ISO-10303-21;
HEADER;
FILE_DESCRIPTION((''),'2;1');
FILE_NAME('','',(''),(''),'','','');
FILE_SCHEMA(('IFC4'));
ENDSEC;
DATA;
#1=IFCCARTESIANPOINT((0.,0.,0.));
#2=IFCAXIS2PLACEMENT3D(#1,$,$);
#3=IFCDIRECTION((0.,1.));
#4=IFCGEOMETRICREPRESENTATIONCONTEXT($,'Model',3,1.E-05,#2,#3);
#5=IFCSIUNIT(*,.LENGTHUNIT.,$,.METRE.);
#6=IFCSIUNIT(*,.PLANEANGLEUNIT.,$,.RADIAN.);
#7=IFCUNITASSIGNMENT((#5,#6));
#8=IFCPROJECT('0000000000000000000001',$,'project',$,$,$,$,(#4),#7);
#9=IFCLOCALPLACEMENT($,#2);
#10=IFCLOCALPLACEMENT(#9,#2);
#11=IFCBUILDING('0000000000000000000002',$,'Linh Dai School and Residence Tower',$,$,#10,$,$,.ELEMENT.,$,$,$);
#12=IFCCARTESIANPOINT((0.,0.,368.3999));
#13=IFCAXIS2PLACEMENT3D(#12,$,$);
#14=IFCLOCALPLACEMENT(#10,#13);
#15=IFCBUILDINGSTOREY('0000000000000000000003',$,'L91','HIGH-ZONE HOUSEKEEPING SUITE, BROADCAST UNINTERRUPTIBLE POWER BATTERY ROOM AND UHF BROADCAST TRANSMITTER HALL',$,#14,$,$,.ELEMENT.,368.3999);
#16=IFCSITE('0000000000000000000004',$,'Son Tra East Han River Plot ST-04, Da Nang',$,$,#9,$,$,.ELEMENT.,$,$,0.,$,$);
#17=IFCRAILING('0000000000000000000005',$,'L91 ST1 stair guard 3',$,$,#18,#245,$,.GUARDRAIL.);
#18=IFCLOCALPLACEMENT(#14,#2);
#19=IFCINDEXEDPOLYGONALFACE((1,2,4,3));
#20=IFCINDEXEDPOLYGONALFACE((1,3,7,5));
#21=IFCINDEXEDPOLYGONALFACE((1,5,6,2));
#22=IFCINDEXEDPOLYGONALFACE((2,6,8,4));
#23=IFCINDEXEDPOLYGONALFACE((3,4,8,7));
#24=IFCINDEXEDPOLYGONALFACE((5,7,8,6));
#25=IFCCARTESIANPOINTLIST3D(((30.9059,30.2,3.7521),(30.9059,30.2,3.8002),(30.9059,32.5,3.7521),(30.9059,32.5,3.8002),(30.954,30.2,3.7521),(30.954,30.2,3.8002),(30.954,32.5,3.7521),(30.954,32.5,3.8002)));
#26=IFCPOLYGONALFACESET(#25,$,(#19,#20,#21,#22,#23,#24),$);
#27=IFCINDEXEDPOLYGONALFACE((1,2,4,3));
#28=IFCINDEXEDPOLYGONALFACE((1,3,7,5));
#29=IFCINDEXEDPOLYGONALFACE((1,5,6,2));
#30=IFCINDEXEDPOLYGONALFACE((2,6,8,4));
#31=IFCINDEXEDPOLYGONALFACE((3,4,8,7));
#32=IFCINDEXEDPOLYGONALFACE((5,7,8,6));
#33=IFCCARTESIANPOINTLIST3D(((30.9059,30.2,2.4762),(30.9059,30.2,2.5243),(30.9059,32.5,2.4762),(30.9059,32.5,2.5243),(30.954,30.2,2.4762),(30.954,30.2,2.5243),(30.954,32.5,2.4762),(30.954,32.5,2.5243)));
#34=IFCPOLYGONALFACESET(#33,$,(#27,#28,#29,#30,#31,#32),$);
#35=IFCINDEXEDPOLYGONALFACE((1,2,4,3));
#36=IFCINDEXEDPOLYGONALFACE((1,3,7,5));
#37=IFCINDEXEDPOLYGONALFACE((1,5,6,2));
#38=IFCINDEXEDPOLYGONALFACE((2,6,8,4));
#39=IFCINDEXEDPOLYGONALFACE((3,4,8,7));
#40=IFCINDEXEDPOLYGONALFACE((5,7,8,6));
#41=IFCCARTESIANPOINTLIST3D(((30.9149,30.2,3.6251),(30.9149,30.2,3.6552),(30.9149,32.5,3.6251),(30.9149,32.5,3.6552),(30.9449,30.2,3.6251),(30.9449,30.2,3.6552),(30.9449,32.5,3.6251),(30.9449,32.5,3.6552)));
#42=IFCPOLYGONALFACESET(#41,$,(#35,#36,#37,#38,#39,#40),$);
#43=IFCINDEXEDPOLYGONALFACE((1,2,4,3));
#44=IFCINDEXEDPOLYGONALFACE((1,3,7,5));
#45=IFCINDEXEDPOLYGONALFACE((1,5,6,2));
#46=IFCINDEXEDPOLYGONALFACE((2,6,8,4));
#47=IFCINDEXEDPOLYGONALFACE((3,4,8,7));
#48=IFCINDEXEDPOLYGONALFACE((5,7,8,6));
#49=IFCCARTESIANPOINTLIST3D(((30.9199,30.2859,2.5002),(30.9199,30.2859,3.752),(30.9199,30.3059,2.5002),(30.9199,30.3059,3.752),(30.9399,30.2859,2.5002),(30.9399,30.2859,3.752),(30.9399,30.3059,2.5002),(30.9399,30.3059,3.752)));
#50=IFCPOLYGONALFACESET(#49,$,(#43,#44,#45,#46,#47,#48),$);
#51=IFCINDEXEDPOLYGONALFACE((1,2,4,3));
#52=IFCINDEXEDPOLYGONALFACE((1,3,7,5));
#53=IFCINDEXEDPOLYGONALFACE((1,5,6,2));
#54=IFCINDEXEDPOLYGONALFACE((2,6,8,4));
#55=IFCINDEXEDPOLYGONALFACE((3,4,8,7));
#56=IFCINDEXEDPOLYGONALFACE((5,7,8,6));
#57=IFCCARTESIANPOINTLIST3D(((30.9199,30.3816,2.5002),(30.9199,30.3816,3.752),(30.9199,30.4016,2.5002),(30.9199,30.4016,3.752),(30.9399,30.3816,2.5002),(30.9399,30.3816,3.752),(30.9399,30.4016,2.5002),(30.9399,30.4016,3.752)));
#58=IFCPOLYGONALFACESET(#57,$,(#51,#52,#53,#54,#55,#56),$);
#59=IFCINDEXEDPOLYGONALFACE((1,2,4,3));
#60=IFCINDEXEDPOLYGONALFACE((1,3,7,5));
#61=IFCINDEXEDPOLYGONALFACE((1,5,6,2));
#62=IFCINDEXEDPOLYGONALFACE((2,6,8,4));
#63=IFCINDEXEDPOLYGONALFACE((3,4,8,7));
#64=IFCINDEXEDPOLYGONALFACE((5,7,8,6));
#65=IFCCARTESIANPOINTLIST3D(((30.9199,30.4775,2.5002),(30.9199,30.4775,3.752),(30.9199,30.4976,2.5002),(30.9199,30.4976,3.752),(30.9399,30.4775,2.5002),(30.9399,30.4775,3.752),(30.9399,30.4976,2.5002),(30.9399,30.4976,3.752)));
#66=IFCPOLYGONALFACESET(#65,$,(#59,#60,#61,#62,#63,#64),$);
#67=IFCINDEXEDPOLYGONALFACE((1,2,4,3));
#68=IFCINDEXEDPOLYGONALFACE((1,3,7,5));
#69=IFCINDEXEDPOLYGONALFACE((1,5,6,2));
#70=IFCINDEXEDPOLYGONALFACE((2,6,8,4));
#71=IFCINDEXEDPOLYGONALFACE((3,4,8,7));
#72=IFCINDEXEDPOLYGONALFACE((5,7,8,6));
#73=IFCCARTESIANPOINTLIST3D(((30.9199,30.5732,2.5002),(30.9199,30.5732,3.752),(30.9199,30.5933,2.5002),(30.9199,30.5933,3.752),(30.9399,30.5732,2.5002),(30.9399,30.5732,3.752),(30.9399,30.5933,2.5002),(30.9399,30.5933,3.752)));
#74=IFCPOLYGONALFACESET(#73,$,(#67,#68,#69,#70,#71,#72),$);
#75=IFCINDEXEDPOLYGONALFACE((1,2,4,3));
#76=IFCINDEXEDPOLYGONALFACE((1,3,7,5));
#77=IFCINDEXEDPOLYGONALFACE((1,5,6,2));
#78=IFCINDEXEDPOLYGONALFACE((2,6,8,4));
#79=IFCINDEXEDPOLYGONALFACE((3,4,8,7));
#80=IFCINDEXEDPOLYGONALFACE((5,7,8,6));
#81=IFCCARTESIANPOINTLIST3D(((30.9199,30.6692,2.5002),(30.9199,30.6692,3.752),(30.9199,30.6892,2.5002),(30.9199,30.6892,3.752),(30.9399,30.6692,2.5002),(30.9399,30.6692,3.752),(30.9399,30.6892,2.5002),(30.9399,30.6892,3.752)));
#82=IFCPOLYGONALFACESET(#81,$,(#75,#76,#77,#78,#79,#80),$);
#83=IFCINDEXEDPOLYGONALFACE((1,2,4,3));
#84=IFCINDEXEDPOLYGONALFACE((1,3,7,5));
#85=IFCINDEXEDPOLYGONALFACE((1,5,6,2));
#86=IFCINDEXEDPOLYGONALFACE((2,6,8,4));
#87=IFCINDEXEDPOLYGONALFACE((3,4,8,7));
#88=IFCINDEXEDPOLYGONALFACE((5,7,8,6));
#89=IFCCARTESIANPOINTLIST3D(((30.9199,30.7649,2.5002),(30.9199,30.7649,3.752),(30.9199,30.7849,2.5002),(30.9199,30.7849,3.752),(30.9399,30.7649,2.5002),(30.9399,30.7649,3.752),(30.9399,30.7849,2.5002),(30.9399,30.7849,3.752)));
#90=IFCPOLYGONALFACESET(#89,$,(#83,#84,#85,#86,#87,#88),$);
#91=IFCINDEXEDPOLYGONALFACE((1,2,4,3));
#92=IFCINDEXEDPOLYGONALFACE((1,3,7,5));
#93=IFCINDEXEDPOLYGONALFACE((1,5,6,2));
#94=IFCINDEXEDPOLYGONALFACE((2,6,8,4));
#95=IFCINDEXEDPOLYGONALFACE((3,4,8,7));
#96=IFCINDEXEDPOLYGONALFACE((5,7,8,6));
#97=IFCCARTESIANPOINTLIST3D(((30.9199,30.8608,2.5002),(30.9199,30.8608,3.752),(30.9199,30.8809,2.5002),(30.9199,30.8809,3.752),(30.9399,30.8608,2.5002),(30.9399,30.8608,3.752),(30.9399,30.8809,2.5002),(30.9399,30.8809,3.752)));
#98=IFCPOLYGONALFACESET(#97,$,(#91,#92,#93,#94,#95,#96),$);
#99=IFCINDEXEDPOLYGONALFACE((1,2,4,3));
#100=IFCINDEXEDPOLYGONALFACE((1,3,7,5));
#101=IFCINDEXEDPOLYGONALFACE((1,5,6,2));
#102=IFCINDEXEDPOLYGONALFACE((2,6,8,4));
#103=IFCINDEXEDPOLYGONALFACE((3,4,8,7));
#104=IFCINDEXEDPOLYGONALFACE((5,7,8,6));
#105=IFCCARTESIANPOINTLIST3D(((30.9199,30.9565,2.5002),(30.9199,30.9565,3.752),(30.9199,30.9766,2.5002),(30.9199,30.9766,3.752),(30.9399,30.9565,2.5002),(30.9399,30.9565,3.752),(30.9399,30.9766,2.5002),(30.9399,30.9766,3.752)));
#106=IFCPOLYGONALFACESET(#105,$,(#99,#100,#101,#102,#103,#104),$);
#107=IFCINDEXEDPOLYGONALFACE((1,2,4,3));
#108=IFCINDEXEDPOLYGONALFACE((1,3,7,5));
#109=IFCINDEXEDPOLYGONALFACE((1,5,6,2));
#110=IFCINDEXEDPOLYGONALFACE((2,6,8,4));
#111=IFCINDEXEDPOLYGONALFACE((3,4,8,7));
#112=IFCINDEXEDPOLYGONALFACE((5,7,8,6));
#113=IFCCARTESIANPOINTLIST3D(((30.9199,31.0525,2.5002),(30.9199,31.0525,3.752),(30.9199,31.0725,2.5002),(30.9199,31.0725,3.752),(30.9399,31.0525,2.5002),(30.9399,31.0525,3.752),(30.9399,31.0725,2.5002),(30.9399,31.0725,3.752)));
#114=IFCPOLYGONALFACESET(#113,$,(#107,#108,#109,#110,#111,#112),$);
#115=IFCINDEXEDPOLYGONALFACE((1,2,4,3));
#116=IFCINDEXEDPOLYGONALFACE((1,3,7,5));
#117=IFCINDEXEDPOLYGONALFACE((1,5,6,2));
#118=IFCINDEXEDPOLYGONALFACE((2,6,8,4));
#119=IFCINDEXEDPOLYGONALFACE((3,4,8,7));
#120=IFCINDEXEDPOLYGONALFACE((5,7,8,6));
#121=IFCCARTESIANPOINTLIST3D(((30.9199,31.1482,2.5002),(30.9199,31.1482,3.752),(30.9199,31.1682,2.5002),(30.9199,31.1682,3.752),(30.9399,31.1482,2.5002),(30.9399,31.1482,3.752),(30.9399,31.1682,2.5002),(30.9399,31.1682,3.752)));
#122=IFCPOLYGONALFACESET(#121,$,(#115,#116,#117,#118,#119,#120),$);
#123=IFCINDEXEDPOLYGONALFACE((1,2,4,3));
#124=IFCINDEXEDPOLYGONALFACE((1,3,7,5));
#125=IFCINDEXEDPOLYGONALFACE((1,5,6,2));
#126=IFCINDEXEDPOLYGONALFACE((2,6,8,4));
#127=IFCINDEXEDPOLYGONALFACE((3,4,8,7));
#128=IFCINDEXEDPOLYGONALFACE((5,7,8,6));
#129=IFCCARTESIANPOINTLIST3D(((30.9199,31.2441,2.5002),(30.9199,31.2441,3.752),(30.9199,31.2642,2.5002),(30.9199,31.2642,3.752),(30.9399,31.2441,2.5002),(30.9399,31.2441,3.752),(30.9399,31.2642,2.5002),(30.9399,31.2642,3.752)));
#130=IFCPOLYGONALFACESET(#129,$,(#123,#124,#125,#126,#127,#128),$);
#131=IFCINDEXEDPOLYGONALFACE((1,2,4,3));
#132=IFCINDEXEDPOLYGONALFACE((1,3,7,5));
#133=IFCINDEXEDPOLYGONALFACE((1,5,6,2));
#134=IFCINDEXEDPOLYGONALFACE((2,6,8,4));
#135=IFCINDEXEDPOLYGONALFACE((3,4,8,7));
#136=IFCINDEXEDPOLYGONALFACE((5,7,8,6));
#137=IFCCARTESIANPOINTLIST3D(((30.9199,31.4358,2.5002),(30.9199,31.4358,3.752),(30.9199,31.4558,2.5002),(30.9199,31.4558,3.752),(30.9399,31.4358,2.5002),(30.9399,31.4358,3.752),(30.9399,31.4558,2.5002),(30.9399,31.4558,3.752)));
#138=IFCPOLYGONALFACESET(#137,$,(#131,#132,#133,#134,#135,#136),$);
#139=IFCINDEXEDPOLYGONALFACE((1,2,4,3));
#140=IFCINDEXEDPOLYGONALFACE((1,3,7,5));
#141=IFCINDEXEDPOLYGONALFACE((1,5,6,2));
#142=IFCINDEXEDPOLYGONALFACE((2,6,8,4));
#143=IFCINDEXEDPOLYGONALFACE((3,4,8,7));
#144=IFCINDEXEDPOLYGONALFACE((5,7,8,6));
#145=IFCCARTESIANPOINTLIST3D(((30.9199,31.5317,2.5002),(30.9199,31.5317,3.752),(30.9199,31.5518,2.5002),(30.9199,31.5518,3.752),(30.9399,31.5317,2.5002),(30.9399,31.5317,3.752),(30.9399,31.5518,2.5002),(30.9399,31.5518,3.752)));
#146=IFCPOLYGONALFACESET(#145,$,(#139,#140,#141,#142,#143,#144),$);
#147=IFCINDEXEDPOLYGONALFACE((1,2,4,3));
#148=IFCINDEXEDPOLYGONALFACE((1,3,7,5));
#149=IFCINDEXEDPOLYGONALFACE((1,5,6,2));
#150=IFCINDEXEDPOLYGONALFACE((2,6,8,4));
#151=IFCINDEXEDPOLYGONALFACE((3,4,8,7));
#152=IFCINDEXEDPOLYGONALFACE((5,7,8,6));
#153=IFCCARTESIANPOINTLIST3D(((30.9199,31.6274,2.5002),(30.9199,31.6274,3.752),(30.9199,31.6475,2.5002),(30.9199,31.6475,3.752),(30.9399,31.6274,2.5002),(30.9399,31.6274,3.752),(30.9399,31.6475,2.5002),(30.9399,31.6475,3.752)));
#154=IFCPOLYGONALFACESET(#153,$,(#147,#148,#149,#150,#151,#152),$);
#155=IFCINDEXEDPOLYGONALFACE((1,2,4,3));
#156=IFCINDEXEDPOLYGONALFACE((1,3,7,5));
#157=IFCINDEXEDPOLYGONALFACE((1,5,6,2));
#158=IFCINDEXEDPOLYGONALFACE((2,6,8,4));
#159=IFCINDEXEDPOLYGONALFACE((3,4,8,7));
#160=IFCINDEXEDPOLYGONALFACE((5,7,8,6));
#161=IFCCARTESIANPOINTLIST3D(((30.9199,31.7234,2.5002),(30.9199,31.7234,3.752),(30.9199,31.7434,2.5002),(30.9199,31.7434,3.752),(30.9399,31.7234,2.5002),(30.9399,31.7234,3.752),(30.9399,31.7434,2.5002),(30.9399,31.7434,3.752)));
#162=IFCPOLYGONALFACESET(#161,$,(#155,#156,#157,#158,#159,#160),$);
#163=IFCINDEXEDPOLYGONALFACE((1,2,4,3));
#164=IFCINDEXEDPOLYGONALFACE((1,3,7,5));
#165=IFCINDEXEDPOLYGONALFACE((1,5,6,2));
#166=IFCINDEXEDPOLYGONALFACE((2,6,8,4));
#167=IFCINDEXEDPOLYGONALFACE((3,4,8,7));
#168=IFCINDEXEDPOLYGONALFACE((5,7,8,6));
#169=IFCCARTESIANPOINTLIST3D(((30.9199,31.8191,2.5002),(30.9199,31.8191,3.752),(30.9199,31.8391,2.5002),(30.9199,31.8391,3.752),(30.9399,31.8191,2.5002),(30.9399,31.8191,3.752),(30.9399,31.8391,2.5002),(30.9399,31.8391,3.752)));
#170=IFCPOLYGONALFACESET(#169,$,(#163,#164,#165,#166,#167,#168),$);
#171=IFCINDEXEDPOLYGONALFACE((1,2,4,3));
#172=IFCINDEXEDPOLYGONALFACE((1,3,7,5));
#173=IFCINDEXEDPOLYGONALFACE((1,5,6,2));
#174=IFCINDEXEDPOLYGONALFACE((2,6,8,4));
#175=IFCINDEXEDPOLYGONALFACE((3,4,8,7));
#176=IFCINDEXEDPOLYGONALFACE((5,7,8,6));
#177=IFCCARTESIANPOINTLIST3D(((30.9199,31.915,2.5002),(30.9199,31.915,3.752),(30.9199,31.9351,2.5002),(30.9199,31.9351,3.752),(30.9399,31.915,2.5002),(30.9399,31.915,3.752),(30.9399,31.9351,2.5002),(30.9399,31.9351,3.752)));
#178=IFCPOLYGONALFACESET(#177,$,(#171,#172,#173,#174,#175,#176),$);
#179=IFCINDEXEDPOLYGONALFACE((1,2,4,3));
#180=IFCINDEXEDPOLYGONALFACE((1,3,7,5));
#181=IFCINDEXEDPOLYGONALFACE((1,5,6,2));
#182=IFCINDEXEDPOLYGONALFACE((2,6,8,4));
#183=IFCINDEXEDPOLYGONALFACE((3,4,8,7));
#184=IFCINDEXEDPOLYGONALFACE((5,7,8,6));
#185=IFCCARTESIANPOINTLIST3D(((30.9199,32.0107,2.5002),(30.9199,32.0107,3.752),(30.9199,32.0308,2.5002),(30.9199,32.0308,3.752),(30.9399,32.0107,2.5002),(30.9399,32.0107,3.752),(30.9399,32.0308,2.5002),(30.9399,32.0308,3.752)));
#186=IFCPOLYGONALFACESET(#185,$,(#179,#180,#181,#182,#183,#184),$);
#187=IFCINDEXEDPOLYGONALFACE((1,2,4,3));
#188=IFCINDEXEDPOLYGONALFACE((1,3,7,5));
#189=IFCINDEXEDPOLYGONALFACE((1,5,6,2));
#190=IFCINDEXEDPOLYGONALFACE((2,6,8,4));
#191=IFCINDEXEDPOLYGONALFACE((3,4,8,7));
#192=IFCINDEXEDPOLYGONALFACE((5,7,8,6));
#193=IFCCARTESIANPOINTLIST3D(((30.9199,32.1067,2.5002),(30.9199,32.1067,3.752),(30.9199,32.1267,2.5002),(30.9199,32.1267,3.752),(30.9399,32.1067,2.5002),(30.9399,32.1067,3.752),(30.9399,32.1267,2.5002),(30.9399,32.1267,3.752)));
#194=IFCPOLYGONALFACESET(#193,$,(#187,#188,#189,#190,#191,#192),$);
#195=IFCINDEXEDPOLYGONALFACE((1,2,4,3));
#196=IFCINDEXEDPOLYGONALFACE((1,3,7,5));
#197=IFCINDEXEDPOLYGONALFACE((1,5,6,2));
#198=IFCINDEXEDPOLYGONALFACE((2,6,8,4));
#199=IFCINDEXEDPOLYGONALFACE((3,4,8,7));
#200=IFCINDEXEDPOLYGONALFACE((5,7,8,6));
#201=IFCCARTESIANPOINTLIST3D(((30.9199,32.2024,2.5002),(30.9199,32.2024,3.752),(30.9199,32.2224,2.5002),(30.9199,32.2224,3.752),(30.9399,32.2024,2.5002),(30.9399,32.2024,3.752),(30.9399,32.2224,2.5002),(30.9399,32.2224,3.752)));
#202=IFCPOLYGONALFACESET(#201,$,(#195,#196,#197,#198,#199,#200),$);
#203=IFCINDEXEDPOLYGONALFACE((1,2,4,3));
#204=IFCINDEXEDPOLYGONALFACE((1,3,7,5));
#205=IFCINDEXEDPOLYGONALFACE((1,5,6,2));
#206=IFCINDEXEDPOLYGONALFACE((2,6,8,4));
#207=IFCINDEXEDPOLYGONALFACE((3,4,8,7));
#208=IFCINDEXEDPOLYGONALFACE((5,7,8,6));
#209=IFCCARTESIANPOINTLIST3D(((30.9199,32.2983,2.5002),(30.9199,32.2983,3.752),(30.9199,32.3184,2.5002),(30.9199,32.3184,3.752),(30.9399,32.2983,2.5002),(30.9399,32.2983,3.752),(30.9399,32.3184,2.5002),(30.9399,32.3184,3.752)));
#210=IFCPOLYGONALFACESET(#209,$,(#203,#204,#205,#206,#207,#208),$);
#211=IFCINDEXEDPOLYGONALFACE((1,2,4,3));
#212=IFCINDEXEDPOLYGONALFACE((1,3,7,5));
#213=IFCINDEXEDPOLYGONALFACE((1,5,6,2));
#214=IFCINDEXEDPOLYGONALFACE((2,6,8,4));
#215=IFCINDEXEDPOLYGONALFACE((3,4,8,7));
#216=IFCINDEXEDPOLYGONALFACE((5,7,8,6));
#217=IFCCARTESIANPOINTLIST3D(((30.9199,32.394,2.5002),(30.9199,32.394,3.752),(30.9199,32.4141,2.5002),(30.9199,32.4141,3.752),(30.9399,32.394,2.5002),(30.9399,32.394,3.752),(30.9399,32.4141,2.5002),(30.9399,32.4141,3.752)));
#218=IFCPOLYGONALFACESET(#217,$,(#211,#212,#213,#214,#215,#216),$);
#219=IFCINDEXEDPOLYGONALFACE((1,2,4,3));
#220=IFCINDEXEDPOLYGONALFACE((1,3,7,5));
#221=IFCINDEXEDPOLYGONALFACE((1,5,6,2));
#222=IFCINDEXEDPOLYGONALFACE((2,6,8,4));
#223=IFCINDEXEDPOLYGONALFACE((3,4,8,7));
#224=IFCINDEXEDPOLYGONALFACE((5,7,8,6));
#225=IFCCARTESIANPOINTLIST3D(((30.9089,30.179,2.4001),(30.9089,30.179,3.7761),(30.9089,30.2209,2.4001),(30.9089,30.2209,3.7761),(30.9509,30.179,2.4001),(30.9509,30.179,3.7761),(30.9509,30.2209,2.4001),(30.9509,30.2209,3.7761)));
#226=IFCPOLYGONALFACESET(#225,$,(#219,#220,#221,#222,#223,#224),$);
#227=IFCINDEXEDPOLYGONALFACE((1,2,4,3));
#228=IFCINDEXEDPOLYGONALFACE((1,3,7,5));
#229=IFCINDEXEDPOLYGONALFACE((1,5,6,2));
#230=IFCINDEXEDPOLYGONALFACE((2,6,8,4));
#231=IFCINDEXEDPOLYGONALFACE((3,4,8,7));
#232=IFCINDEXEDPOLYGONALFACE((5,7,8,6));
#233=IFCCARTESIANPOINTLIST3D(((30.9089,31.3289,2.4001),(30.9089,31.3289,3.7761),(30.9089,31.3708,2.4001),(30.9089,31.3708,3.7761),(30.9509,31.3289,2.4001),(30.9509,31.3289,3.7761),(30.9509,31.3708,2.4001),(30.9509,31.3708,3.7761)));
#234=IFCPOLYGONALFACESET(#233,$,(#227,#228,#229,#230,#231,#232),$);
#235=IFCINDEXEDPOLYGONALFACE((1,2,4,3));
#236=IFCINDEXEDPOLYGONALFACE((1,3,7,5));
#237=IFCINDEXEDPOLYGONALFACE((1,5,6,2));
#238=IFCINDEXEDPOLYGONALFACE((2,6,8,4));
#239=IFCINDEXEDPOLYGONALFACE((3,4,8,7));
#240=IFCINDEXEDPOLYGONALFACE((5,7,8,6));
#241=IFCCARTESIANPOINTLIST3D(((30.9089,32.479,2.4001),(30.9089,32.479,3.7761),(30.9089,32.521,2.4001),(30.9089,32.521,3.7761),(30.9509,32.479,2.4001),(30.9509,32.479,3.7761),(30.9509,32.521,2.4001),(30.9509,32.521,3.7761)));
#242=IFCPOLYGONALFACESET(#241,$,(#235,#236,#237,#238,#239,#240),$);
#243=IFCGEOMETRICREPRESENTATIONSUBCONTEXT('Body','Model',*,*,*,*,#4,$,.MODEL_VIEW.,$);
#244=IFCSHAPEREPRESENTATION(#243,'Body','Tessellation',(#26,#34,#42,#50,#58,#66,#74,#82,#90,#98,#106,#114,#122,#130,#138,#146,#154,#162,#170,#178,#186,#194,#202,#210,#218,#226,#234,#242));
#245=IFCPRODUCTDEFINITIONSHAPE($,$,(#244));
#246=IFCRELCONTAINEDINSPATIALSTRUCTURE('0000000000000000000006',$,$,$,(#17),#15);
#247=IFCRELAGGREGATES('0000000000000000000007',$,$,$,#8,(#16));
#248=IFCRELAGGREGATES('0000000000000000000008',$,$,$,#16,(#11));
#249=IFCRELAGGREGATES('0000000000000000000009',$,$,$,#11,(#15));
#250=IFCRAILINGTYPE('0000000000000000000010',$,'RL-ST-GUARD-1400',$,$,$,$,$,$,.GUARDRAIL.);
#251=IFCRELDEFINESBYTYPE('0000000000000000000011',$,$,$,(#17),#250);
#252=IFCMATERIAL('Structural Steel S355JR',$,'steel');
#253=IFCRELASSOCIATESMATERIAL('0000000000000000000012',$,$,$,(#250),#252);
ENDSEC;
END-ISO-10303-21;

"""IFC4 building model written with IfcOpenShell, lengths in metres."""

from ifc_helpers import new_model, si_unit, direction, frame, origin, origin_2d, place, context, subcontext, project, spatial, rectangle, extrude, source, transform, mapped, material, type_object, element, save


model = new_model("IFC4")

# Units and contexts
model_context = context("Model", 3, precision=1e-05, world=origin(), true_north=direction((0.0, 1.0)))
body_context = subcontext(model_context, "Body", "Model", "MODEL_VIEW")
ifc_project = project(units=[si_unit("LENGTHUNIT", "METRE"), si_unit("PLANEANGLEUNIT", "RADIAN")], contexts=[model_context])

# Site, building, storey
site_placement = place(None, origin())
site = spatial("IfcSite", under=ifc_project, at=site_placement, Name="Son Tra East Han River Plot ST-04, Da Nang", CompositionType="ELEMENT", RefElevation=0.0)
building_placement = place(site_placement, origin())
building = spatial("IfcBuilding", under=site, at=building_placement, Name="Linh Dai School and Residence Tower", CompositionType="ELEMENT")
storey_placement = place(building_placement, frame((0.0, 0.0, 368.3999)))
storey = spatial("IfcBuildingStorey", under=building, at=storey_placement, Name="L91", Description="HIGH-ZONE HOUSEKEEPING SUITE, BROADCAST UNINTERRUPTIBLE POWER BATTERY ROOM AND UHF BROADCAST TRANSMITTER HALL", CompositionType="ELEMENT", Elevation=368.3999)

# Railing
ifc_material_1 = material(Name="Structural Steel S355JR", Category="steel")
railing_type_1 = type_object("IfcRailingType", Name="RL-ST-GUARD-1400", PredefinedType="GUARDRAIL", material=ifc_material_1)
shared_shape_1 = source(origin(), body_context, "Body", "SweptSolid", [
    extrude(rectangle(XDim=0.0481, YDim=0.0481, at=origin_2d()), frame((0.0, 0.0, 1.376), z_axis=(0.0, 1.0, 0.0), x_axis=(-1.0, 0.0, 0.0)), (0.0, 0.0, 1.0), 2.3),
    extrude(rectangle(XDim=0.0481, YDim=0.0481, at=origin_2d()), frame((0.0, 0.0, 0.1001), z_axis=(0.0, 1.0, 0.0), x_axis=(-1.0, 0.0, 0.0)), (0.0, 0.0, 1.0), 2.3),
    extrude(rectangle(XDim=0.03, YDim=0.03, at=origin_2d()), frame((0.0, 0.0, 1.24), z_axis=(0.0, 1.0, 0.0), x_axis=(-1.0, 0.0, 0.0)), (0.0, 0.0, 1.0), 2.3),
    extrude(rectangle(XDim=0.02, YDim=0.02, at=origin_2d()), frame((0.0, 0.0959, 0.1001)), (0.0, 0.0, 1.0), 1.2517),
    extrude(rectangle(XDim=0.02, YDim=0.02, at=origin_2d()), frame((0.0, 0.1917, 0.1001)), (0.0, 0.0, 1.0), 1.2517),
    extrude(rectangle(XDim=0.02, YDim=0.02, at=origin_2d()), frame((0.0, 0.2876, 0.1001)), (0.0, 0.0, 1.0), 1.2517),
    extrude(rectangle(XDim=0.02, YDim=0.02, at=origin_2d()), frame((0.0, 0.3833, 0.1001)), (0.0, 0.0, 1.0), 1.2517),
    extrude(rectangle(XDim=0.02, YDim=0.02, at=origin_2d()), frame((0.0, 0.4792, 0.1001)), (0.0, 0.0, 1.0), 1.2517),
    extrude(rectangle(XDim=0.02, YDim=0.02, at=origin_2d()), frame((0.0, 0.575, 0.1001)), (0.0, 0.0, 1.0), 1.2517),
    extrude(rectangle(XDim=0.02, YDim=0.02, at=origin_2d()), frame((0.0, 0.6709, 0.1001)), (0.0, 0.0, 1.0), 1.2517),
    extrude(rectangle(XDim=0.02, YDim=0.02, at=origin_2d()), frame((0.0, 0.7666, 0.1001)), (0.0, 0.0, 1.0), 1.2517),
    extrude(rectangle(XDim=0.02, YDim=0.02, at=origin_2d()), frame((0.0, 0.8625, 0.1001)), (0.0, 0.0, 1.0), 1.2517),
    extrude(rectangle(XDim=0.02, YDim=0.02, at=origin_2d()), frame((0.0, 0.9583, 0.1001)), (0.0, 0.0, 1.0), 1.2517),
    extrude(rectangle(XDim=0.02, YDim=0.02, at=origin_2d()), frame((0.0, 1.0542, 0.1001)), (0.0, 0.0, 1.0), 1.2517),
    extrude(rectangle(XDim=0.02, YDim=0.02, at=origin_2d()), frame((0.0, 1.2458, 0.1001)), (0.0, 0.0, 1.0), 1.2517),
    extrude(rectangle(XDim=0.02, YDim=0.02, at=origin_2d()), frame((0.0, 1.3418, 0.1001)), (0.0, 0.0, 1.0), 1.2517),
    extrude(rectangle(XDim=0.02, YDim=0.02, at=origin_2d()), frame((0.0, 1.4375, 0.1001)), (0.0, 0.0, 1.0), 1.2517),
    extrude(rectangle(XDim=0.02, YDim=0.02, at=origin_2d()), frame((0.0, 1.5334, 0.1001)), (0.0, 0.0, 1.0), 1.2517),
    extrude(rectangle(XDim=0.02, YDim=0.02, at=origin_2d()), frame((0.0, 1.6292, 0.1001)), (0.0, 0.0, 1.0), 1.2517),
    extrude(rectangle(XDim=0.02, YDim=0.02, at=origin_2d()), frame((0.0, 1.7251, 0.1001)), (0.0, 0.0, 1.0), 1.2517),
    extrude(rectangle(XDim=0.02, YDim=0.02, at=origin_2d()), frame((0.0, 1.8208, 0.1001)), (0.0, 0.0, 1.0), 1.2517),
    extrude(rectangle(XDim=0.02, YDim=0.02, at=origin_2d()), frame((0.0, 1.9167, 0.1001)), (0.0, 0.0, 1.0), 1.2517),
    extrude(rectangle(XDim=0.02, YDim=0.02, at=origin_2d()), frame((0.0, 2.0125, 0.1001)), (0.0, 0.0, 1.0), 1.2517),
    extrude(rectangle(XDim=0.02, YDim=0.02, at=origin_2d()), frame((0.0, 2.1084, 0.1001)), (0.0, 0.0, 1.0), 1.2517),
    extrude(rectangle(XDim=0.02, YDim=0.02, at=origin_2d()), frame((0.0, 2.2041, 0.1001)), (0.0, 0.0, 1.0), 1.2517),
    extrude(rectangle(XDim=0.042, YDim=0.042, at=origin_2d()), origin(), (0.0, 0.0, 1.0), 1.376),
    extrude(rectangle(XDim=0.042, YDim=0.042, at=origin_2d()), frame((0.0, 1.1499, 0.0)), (0.0, 0.0, 1.0), 1.376),
    extrude(rectangle(XDim=0.042, YDim=0.042, at=origin_2d()), frame((0.0, 2.3, 0.0)), (0.0, 0.0, 1.0), 1.376),
])
for number, where, name in (
    (1, (30.9299, 30.2, 2.4001), "L91 ST1 stair guard 3"),
):
    element("IfcRailing", number, at=place(storey_placement, frame(where)), inside=storey, type_object=railing_type_1, Name=name, PredefinedType="GUARDRAIL", context=body_context, shape_type="MappedRepresentation", body=[
        mapped(shared_shape_1, transform((0.0, 0.0, 0.0), x_axis=(1.0, 0.0, 0.0), y_axis=(0.0, 1.0, 0.0), z_axis=(0.0, 0.0, 1.0), scale=1.0)),
    ])

save(model, "model.ifc")
